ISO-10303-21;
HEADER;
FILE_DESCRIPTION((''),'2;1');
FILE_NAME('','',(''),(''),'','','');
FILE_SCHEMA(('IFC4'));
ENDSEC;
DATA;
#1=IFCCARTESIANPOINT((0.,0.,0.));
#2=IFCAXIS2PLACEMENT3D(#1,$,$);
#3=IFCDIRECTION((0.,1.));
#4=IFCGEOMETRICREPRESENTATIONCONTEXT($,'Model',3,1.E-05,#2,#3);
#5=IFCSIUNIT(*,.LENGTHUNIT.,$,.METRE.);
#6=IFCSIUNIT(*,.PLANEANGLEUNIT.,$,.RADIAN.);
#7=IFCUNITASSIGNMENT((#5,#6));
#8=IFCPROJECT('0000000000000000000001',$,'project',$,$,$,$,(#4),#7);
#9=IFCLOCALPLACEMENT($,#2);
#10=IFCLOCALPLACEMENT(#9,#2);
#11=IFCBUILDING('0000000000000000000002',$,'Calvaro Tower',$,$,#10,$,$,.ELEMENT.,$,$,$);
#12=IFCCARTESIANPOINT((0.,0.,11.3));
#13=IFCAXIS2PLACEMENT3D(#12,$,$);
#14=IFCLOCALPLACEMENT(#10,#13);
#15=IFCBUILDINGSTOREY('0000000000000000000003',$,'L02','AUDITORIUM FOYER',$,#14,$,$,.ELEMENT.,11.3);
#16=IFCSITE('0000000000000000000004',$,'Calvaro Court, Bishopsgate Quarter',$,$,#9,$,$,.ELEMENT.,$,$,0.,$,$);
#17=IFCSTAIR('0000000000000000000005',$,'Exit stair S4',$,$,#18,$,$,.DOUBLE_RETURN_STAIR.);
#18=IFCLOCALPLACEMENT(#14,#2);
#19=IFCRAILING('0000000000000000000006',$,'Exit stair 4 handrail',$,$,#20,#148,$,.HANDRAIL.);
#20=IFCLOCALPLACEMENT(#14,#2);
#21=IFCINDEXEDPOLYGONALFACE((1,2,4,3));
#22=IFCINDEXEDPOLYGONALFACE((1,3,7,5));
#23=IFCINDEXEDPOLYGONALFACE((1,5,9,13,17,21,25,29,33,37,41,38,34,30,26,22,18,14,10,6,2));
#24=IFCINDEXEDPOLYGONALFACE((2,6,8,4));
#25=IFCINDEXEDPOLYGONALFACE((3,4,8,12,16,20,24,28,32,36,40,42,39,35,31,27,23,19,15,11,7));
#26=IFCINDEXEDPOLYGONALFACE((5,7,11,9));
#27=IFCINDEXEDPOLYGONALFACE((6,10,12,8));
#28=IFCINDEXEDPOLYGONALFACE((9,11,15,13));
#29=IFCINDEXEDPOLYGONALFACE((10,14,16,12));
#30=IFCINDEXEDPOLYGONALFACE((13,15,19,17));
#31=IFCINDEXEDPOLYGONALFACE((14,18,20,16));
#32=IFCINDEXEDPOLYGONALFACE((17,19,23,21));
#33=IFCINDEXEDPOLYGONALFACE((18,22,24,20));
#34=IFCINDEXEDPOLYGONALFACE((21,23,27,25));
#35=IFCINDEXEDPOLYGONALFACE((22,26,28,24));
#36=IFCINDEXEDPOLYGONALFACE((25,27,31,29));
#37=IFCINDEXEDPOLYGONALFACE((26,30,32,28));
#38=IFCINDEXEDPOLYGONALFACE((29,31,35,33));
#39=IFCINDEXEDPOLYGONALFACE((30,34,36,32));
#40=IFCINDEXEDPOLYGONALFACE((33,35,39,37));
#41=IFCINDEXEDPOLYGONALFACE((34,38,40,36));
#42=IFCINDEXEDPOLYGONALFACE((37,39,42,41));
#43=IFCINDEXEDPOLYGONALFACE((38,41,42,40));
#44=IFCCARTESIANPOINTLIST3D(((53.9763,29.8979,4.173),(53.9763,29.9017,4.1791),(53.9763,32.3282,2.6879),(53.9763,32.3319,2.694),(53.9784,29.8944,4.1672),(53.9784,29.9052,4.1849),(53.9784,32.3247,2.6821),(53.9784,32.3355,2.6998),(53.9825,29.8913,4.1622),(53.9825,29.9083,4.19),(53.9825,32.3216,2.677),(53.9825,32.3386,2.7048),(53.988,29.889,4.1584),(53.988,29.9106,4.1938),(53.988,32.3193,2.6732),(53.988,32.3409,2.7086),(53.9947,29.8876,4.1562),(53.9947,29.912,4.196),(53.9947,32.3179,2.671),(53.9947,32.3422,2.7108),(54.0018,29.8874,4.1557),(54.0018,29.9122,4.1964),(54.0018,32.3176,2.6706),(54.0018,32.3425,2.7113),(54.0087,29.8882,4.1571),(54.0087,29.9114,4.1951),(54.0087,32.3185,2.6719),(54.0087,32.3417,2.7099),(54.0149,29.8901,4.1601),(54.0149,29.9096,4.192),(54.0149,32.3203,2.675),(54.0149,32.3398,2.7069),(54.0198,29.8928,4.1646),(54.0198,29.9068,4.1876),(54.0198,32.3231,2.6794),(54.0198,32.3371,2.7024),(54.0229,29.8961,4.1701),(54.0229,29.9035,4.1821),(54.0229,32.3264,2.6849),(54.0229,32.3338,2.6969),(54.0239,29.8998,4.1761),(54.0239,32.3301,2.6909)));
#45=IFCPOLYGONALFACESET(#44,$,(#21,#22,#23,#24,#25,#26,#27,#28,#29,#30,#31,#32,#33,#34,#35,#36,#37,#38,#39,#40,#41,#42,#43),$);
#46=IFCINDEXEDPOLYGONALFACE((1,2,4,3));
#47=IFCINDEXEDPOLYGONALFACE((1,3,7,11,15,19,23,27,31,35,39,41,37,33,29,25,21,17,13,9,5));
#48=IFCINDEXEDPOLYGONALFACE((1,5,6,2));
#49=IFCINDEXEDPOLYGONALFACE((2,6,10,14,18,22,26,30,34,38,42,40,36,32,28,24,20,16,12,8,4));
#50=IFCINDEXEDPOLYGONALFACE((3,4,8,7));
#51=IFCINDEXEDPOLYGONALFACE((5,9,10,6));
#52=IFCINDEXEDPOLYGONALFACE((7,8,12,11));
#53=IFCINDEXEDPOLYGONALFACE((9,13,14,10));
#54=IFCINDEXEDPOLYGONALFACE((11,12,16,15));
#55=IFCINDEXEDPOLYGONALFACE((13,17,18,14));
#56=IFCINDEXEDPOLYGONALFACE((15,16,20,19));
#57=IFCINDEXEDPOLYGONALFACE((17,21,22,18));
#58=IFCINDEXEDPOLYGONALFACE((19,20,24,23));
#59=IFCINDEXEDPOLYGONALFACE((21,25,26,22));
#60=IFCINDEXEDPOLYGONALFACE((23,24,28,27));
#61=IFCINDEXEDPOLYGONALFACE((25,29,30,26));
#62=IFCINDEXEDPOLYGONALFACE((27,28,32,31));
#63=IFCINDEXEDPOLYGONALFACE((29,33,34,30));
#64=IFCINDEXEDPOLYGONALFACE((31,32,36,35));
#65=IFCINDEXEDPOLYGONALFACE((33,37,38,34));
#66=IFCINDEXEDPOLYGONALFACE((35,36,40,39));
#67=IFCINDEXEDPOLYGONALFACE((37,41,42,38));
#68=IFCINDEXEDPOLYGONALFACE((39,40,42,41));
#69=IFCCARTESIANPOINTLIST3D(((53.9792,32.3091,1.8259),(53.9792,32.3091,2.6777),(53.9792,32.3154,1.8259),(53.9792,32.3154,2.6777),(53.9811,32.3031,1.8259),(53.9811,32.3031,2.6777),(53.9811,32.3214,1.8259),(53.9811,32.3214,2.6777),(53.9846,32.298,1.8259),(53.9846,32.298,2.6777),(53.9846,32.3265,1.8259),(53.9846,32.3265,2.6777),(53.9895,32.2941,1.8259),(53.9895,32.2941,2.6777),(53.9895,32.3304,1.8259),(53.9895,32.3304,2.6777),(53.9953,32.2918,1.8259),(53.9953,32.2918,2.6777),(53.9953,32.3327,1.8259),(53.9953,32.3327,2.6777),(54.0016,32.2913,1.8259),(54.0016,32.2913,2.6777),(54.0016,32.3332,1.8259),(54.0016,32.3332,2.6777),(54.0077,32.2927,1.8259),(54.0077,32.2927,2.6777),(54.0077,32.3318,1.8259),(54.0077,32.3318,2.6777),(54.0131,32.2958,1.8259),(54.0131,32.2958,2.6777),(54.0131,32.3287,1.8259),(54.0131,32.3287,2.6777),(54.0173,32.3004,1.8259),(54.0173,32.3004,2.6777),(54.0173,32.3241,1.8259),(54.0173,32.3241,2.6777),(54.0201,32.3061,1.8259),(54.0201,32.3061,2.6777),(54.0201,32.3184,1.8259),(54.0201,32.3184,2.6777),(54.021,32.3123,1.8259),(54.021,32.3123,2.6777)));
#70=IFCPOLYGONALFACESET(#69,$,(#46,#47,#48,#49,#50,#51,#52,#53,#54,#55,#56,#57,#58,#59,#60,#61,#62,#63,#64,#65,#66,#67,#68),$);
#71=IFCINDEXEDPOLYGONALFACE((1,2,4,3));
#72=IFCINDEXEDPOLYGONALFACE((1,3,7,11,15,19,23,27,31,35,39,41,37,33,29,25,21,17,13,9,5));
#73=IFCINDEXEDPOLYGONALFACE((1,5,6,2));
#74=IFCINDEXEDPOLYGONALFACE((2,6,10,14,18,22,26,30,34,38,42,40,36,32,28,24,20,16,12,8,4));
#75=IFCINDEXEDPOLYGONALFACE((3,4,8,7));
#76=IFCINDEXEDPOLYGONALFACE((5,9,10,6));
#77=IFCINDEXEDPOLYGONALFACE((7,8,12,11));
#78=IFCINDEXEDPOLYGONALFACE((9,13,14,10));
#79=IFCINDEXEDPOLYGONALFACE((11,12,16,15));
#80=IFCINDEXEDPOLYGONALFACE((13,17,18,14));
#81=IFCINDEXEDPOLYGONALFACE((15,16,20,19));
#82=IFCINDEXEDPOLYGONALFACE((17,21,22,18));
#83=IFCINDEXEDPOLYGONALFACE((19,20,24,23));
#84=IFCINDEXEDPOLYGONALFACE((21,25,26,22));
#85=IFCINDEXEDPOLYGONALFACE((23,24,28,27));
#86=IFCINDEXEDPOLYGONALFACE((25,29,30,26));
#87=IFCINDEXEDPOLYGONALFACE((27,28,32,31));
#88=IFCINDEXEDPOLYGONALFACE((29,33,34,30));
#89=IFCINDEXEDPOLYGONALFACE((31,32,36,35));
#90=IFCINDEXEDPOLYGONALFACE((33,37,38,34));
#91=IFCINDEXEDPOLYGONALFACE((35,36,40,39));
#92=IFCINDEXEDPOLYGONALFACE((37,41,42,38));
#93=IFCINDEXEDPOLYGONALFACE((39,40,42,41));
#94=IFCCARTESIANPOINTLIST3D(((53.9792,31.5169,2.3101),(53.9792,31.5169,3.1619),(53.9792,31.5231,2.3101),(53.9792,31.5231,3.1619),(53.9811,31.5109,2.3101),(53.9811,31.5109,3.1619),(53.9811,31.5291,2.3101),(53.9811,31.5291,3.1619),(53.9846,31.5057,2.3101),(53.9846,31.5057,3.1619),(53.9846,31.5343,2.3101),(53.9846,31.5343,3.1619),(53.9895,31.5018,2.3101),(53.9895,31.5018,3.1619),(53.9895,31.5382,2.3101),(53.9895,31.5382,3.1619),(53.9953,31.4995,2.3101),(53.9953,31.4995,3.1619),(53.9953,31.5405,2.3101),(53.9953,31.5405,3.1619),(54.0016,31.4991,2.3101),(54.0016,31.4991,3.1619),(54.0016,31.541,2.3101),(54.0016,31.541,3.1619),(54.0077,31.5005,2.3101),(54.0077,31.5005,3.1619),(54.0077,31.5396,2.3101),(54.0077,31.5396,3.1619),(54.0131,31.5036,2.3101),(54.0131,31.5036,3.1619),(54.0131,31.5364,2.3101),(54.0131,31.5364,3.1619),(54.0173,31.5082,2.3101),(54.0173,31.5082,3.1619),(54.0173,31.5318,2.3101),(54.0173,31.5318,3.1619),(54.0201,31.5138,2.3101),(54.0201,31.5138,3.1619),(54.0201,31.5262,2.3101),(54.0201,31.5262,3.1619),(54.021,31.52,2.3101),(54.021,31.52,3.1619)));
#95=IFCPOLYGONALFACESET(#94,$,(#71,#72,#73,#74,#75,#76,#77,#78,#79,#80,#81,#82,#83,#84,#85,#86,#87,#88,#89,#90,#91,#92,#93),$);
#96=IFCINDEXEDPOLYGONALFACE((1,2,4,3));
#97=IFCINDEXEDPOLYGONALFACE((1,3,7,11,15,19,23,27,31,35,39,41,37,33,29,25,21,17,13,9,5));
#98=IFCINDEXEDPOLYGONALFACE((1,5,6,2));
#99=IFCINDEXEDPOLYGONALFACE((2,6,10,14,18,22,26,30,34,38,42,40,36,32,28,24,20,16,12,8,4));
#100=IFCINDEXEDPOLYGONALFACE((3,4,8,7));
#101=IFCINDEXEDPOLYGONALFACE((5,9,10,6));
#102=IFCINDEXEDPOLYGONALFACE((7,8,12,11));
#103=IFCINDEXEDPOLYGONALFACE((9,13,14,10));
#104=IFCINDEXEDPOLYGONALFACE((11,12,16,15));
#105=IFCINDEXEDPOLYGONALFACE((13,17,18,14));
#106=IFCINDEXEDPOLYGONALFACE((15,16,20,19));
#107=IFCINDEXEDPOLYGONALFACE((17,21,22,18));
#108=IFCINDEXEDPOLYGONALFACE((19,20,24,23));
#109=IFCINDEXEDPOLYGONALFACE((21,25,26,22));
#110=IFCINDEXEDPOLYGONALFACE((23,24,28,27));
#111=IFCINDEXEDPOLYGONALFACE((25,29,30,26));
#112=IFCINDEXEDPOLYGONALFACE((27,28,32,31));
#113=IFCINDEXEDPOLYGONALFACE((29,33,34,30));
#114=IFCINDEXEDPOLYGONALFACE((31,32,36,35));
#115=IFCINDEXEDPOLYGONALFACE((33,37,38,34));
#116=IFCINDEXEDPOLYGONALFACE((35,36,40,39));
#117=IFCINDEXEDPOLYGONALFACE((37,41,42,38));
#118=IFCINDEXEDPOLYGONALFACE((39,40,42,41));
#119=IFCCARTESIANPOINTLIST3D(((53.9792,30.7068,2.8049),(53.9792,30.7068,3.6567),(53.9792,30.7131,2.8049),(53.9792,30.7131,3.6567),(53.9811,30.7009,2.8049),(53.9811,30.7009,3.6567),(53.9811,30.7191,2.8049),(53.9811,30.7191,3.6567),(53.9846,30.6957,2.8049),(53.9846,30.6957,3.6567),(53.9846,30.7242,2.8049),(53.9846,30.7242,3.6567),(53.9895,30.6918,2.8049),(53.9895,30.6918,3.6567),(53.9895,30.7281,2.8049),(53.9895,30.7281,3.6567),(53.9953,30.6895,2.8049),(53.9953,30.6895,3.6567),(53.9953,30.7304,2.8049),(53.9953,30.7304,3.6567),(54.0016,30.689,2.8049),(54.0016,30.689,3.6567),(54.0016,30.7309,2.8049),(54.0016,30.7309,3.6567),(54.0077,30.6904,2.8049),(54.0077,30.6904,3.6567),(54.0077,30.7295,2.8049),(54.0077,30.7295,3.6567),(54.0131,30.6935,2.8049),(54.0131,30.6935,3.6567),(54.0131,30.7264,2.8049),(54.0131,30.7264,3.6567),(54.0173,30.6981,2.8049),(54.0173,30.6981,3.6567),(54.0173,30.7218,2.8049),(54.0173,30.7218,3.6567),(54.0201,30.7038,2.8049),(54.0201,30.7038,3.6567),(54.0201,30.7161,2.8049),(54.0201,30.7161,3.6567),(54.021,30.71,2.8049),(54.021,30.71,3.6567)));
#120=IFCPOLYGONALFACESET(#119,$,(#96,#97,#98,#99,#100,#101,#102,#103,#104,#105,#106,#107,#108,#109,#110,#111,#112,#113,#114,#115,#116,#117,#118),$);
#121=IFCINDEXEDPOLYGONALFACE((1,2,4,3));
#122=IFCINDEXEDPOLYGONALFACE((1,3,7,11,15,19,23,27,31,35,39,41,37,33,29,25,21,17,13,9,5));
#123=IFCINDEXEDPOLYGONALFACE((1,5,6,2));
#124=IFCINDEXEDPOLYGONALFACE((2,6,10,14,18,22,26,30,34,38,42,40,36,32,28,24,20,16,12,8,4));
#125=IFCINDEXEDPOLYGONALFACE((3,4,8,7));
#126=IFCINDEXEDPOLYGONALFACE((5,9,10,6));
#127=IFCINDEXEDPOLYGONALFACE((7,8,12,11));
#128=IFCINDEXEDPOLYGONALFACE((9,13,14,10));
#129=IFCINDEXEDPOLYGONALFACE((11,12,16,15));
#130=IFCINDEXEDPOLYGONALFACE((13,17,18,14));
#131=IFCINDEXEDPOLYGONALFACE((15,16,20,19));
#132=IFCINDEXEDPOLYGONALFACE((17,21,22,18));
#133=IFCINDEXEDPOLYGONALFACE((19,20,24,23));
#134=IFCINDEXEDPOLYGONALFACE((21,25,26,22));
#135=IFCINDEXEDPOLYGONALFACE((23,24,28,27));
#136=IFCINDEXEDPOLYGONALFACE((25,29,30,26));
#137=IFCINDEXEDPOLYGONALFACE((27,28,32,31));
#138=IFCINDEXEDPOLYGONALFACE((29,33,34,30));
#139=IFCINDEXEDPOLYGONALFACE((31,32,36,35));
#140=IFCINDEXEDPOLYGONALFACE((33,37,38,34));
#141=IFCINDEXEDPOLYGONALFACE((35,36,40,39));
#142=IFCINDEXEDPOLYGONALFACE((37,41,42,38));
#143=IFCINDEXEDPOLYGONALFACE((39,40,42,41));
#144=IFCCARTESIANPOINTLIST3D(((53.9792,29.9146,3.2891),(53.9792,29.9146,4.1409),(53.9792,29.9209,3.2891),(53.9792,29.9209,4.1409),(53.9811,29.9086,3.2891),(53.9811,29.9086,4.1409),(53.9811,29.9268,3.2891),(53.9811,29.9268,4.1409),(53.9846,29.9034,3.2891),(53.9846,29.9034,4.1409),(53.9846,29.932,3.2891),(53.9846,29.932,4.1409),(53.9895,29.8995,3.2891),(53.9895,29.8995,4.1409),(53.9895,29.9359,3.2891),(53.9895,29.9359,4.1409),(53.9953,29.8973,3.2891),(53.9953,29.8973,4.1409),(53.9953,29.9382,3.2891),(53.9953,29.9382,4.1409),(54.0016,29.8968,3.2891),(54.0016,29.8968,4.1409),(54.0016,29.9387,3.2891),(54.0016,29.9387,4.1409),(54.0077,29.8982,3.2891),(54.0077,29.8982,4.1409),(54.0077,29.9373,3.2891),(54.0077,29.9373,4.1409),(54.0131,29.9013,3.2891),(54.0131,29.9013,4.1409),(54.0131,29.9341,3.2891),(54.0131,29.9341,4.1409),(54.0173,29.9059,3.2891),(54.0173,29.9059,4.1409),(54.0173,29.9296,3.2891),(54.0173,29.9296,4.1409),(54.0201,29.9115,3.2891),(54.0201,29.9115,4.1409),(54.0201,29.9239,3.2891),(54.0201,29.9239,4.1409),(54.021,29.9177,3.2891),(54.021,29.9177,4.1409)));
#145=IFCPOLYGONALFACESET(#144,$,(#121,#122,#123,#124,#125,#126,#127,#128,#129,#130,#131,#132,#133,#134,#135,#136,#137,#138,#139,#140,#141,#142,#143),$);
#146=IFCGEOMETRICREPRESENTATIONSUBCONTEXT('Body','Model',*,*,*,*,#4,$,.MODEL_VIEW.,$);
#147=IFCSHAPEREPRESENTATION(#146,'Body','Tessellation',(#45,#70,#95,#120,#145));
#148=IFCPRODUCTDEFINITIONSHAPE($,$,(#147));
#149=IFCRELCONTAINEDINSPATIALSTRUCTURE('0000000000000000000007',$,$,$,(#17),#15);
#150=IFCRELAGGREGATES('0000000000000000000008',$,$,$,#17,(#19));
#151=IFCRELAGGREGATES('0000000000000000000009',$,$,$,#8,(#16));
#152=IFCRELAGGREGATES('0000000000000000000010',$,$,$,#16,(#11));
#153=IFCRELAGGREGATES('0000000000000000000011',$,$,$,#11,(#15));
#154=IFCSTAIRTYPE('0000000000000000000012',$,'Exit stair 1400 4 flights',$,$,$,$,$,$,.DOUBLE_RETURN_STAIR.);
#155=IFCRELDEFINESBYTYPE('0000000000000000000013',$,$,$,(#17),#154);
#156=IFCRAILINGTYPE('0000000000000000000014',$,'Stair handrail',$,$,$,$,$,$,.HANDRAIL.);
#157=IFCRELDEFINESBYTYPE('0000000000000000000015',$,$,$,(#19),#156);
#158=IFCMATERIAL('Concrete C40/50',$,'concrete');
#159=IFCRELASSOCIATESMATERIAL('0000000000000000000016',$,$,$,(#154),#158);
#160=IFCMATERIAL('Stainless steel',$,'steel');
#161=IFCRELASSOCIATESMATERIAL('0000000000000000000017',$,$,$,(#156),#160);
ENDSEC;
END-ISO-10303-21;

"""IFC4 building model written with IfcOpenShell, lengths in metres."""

from ifc_helpers import new_model, si_unit, direction, frame, origin, origin_2d, place, context, subcontext, project, spatial, circle, extrude, material, type_object, element, aggregate, save


model = new_model("IFC4")

# Units and contexts
model_context = context("Model", 3, precision=1e-05, world=origin(), true_north=direction((0.0, 1.0)))
body_context = subcontext(model_context, "Body", "Model", "MODEL_VIEW")
ifc_project = project(units=[si_unit("LENGTHUNIT", "METRE"), si_unit("PLANEANGLEUNIT", "RADIAN")], contexts=[model_context])

# Site, building, storey
site_placement = place(None, origin())
site = spatial("IfcSite", under=ifc_project, at=site_placement, Name="Calvaro Court, Bishopsgate Quarter", CompositionType="ELEMENT", RefElevation=0.0)
building_placement = place(site_placement, origin())
building = spatial("IfcBuilding", under=site, at=building_placement, Name="Calvaro Tower", CompositionType="ELEMENT")
storey_placement = place(building_placement, frame((0.0, 0.0, 11.3)))
storey = spatial("IfcBuildingStorey", under=building, at=storey_placement, Name="L02", Description="AUDITORIUM FOYER", CompositionType="ELEMENT", Elevation=11.3)

# Shared definitions
ifc_material_1 = material(Name="Concrete C40/50", Category="concrete")
stair_type = type_object("IfcStairType", Name="Exit stair 1400 4 flights", PredefinedType="DOUBLE_RETURN_STAIR", material=ifc_material_1)

# Stair, railing
stair_1_placement = place(storey_placement, origin())
stair_1 = element("IfcStair", 1, at=stair_1_placement, inside=storey, type_object=stair_type, Name="Exit stair S4", PredefinedType="DOUBLE_RETURN_STAIR")
ifc_material_2 = material(Name="Stainless steel", Category="steel")
railing_type = type_object("IfcRailingType", Name="Stair handrail", PredefinedType="HANDRAIL", material=ifc_material_2)
railing_1_placement = place(storey_placement, frame((54.0, 32.3301, 1.8149)))
railing_1 = element("IfcRailing", 2, at=railing_1_placement, type_object=railing_type, Name="Exit stair 4 handrail", PredefinedType="HANDRAIL", context=body_context, shape_type="SweptSolid", body=[
    extrude(circle(Radius=0.0239, at=origin_2d()), frame((0.0, 0.0, 0.876), z_axis=(0.0, -0.853282, 0.52145), x_axis=(1.0, 0.0, 0.0)), (0.0, 0.0, 1.0), 2.8481),
    extrude(circle(Radius=0.021, at=origin_2d()), frame((0.0, -0.0178, 0.011)), (0.0, 0.0, 1.0), 0.8518),
    extrude(circle(Radius=0.021, at=origin_2d()), frame((0.0, -0.8101, 0.4951)), (0.0, 0.0, 1.0), 0.8518),
    extrude(circle(Radius=0.021, at=origin_2d()), frame((0.0, -1.6201, 0.99)), (0.0, 0.0, 1.0), 0.8518),
    extrude(circle(Radius=0.021, at=origin_2d()), frame((0.0, -2.4124, 1.4741)), (0.0, 0.0, 1.0), 0.8518),
])
aggregate(stair_1, [railing_1])

save(model, "model.ifc")
